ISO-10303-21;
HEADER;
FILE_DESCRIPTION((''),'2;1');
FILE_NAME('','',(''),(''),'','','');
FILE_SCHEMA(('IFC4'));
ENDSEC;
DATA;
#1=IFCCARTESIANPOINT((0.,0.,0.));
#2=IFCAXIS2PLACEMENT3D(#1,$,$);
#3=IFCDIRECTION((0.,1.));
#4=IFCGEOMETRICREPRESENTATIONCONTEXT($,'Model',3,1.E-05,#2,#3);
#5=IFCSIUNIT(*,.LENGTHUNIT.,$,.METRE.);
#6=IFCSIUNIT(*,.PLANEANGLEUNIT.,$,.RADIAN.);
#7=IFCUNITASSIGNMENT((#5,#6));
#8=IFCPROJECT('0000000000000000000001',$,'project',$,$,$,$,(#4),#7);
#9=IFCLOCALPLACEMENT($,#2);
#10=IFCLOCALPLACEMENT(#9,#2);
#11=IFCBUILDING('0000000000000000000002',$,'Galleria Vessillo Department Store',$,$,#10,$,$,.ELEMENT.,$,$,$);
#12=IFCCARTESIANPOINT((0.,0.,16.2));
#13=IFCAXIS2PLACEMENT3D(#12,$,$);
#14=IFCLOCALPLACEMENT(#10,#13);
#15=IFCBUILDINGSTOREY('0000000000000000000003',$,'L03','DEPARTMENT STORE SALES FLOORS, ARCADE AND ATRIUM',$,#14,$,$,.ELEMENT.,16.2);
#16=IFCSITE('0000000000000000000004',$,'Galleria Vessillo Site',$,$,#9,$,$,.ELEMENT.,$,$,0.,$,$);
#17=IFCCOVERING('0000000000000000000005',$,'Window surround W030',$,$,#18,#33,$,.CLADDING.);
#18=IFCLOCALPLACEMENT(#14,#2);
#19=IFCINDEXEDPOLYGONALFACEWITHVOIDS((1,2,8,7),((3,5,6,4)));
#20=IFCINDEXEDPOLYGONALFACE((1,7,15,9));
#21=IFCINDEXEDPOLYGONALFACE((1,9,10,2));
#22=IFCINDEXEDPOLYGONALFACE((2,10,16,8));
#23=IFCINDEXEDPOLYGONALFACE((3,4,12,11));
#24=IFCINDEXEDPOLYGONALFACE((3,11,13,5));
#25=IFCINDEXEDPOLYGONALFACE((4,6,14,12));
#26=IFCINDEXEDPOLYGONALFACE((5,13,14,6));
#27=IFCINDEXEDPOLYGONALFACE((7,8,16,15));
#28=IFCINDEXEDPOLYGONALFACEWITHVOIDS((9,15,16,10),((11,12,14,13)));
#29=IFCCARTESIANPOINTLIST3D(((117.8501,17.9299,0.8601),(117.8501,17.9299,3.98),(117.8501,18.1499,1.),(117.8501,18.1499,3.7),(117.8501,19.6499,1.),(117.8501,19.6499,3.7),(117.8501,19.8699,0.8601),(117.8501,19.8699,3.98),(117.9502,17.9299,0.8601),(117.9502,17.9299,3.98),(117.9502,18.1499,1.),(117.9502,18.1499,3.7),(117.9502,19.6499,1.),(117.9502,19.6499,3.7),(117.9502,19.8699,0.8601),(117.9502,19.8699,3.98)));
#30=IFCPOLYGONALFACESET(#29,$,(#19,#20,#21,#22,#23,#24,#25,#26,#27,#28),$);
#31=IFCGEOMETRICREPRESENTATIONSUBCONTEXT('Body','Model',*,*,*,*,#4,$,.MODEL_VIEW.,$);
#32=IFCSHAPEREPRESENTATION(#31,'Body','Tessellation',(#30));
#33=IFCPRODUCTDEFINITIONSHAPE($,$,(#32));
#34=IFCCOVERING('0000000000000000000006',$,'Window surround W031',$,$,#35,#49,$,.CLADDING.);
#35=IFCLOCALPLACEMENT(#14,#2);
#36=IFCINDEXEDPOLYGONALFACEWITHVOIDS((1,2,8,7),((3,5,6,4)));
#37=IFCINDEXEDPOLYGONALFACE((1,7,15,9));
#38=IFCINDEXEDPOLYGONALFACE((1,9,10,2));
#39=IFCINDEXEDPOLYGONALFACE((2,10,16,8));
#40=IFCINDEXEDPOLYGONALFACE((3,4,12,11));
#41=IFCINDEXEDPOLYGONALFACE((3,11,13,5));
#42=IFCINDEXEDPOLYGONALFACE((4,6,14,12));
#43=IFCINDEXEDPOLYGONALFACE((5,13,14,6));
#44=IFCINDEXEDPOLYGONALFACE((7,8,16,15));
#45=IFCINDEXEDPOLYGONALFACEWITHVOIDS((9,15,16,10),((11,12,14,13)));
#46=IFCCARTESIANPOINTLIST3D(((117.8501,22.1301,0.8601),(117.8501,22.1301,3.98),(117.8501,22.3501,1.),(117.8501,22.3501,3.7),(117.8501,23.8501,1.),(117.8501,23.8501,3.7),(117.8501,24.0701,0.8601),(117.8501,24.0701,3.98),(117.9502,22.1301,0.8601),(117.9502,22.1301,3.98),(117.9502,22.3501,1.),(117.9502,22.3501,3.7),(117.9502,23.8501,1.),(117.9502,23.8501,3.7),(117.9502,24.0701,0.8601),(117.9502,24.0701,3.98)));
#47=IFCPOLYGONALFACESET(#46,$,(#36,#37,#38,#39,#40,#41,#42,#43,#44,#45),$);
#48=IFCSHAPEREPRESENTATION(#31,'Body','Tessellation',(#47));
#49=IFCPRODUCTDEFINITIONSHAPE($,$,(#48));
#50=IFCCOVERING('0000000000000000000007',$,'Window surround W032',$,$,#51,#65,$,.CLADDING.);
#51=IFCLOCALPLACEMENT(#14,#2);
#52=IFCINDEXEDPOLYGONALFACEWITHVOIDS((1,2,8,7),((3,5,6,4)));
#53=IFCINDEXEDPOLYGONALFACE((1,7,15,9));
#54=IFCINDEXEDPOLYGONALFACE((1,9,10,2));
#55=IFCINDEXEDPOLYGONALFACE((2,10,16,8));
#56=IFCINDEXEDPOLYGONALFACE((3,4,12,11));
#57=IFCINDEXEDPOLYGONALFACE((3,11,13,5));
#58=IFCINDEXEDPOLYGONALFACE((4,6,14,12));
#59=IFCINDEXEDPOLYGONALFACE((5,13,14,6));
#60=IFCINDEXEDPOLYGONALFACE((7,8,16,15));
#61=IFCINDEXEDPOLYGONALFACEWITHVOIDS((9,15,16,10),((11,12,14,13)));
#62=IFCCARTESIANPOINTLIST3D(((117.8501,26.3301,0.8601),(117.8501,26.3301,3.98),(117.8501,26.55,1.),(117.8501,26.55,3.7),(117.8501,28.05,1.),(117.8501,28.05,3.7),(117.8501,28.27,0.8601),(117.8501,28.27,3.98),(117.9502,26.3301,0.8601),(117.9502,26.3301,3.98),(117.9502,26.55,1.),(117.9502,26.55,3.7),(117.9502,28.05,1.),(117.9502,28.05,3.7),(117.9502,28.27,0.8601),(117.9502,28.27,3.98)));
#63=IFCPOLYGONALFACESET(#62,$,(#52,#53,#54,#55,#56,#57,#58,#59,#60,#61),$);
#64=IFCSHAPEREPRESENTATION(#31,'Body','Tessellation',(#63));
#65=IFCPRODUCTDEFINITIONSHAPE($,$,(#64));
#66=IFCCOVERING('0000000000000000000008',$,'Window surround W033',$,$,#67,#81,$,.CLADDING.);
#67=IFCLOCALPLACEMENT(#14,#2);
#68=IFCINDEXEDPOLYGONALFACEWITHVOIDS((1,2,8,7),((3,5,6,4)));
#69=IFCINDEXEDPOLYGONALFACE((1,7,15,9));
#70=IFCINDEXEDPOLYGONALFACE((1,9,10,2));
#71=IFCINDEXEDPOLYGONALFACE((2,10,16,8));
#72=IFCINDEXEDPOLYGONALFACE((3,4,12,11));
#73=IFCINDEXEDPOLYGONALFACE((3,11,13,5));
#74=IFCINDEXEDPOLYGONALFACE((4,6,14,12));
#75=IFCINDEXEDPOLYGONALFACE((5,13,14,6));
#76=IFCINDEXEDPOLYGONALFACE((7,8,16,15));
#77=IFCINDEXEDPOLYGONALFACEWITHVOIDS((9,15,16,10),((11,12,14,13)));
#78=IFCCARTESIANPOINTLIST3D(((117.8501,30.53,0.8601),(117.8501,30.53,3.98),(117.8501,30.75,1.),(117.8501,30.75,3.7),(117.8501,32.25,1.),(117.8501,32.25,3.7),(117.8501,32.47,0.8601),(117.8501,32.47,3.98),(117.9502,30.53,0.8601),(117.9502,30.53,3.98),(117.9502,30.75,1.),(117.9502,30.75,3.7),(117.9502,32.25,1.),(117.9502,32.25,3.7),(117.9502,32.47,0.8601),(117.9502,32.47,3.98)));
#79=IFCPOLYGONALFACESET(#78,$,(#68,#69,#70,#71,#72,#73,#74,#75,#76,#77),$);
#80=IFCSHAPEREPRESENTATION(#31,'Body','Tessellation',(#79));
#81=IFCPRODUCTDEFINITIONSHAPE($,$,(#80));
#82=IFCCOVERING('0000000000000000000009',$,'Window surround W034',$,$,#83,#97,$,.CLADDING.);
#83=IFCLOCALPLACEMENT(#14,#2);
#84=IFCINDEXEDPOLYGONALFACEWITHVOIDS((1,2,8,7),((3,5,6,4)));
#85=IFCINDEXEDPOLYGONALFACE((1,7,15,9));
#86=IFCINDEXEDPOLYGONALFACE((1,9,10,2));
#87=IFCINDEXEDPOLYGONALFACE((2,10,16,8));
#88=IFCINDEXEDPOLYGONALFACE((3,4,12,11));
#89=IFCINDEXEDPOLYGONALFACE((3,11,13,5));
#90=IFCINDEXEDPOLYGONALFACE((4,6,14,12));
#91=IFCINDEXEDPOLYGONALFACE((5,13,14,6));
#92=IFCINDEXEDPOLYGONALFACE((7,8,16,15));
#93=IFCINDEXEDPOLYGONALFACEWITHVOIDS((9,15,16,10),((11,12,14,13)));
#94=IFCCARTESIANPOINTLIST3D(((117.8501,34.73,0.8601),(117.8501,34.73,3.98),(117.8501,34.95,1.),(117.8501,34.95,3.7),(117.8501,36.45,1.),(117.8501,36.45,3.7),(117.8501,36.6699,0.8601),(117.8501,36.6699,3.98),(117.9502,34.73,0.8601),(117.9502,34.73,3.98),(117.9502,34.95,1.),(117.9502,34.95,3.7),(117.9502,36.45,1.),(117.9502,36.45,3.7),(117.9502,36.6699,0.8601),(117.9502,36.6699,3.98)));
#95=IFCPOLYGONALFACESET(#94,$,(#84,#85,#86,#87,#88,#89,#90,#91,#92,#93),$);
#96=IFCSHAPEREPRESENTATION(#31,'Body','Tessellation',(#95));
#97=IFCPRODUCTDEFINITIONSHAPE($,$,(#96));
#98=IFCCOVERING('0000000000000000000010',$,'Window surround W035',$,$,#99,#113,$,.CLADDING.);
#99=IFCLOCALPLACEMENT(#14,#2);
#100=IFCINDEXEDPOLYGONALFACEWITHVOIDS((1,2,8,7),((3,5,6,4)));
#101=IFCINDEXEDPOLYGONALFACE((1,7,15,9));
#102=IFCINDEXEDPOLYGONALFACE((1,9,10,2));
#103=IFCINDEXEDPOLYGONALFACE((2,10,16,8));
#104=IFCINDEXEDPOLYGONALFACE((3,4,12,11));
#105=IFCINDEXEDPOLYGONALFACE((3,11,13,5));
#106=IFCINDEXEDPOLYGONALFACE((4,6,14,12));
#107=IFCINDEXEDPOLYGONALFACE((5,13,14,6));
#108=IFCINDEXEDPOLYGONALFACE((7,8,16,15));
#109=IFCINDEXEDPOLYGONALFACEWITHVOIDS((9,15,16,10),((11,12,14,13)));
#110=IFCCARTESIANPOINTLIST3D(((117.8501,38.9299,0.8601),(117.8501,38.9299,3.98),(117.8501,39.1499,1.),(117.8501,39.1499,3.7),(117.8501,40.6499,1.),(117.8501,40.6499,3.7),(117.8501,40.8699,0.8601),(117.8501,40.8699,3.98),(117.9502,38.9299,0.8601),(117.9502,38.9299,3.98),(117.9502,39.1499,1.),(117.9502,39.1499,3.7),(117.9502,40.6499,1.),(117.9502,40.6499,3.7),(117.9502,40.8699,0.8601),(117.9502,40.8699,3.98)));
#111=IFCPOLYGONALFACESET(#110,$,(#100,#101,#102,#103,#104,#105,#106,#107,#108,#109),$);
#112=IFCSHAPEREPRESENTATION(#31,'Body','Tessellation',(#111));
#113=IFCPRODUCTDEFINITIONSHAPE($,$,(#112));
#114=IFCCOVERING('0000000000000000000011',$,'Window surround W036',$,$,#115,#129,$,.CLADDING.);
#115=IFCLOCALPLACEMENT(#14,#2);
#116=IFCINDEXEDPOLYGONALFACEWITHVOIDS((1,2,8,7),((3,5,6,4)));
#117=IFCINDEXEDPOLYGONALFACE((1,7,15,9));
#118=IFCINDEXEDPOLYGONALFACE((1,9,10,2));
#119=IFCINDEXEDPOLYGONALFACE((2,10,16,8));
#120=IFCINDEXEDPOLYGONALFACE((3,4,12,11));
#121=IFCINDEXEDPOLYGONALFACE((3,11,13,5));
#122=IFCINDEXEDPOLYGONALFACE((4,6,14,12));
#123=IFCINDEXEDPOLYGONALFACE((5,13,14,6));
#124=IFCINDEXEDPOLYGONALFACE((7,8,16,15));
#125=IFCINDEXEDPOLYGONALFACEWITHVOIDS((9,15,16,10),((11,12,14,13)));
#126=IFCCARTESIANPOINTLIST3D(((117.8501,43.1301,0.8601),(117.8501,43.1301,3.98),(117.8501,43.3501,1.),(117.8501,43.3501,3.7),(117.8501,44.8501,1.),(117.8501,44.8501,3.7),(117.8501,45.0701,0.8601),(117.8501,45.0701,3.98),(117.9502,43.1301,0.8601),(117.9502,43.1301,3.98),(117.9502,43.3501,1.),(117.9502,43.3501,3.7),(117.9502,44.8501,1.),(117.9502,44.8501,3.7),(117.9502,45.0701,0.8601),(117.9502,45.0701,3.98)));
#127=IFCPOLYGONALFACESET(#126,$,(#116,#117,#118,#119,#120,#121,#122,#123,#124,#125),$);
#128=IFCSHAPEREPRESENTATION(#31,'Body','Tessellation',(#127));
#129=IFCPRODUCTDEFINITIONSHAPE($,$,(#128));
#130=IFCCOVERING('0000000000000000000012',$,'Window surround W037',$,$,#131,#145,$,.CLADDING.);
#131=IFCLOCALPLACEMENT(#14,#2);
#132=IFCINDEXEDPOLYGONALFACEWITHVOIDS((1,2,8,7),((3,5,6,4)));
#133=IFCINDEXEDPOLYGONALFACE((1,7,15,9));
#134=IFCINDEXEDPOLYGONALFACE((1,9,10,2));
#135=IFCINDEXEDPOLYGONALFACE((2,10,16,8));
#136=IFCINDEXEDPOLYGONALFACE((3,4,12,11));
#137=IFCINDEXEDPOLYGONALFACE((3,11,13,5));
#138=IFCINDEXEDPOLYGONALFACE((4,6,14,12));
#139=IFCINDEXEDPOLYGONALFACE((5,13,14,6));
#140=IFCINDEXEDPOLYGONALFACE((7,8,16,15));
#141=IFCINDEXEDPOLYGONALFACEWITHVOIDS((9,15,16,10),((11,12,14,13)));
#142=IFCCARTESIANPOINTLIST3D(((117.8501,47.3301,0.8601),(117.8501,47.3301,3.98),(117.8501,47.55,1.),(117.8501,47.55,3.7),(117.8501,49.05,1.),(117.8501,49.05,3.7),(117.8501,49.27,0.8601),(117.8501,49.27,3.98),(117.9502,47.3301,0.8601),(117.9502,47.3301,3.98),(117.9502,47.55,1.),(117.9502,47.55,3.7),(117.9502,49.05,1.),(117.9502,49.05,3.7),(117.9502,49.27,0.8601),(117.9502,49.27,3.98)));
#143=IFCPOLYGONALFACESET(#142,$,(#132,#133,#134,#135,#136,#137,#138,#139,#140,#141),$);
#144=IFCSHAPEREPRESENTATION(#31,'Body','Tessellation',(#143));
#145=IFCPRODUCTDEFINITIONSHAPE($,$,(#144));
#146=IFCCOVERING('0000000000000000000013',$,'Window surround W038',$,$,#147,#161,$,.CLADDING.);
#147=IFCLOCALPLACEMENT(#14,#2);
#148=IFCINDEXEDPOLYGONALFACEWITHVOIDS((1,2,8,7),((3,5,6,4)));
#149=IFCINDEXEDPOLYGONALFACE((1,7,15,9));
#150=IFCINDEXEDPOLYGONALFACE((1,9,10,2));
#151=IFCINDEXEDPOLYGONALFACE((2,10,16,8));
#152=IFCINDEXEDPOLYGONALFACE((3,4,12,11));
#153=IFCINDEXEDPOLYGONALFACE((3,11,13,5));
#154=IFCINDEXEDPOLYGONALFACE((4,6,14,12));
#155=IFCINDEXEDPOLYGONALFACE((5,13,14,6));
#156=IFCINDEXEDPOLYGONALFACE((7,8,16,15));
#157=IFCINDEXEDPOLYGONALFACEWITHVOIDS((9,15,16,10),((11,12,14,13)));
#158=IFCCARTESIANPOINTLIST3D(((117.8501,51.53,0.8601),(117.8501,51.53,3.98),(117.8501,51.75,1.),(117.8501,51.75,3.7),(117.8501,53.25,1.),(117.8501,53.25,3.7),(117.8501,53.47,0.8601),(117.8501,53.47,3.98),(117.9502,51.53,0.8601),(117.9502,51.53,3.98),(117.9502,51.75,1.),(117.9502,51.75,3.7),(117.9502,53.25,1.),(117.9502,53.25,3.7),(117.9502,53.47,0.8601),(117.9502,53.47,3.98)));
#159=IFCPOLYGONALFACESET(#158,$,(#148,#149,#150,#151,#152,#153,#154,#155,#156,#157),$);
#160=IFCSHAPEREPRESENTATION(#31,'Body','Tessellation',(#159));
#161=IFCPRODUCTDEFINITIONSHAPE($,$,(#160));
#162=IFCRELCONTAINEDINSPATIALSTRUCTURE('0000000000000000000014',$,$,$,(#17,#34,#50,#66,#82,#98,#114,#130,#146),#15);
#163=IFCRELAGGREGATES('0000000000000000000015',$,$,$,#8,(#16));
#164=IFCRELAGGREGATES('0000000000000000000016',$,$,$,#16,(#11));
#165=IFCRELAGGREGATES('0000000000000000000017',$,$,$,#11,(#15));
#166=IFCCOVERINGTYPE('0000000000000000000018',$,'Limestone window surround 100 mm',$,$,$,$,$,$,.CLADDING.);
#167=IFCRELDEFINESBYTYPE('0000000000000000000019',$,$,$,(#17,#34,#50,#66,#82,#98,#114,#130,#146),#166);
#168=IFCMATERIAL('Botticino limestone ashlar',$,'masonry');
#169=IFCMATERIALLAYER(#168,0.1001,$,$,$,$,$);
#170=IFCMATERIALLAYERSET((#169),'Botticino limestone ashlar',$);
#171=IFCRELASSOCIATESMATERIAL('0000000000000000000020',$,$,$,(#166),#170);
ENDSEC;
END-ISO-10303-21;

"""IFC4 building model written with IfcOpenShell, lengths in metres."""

from ifc_helpers import new_model, si_unit, direction, frame, origin, place, context, subcontext, project, spatial, polyline, outline, extrude, material, layer, layer_set, type_object, element, save


model = new_model("IFC4")

# Units and contexts
model_context = context("Model", 3, precision=1e-05, world=origin(), true_north=direction((0.0, 1.0)))
body_context = subcontext(model_context, "Body", "Model", "MODEL_VIEW")
ifc_project = project(units=[si_unit("LENGTHUNIT", "METRE"), si_unit("PLANEANGLEUNIT", "RADIAN")], contexts=[model_context])

# Site, building, storey
site_placement = place(None, origin())
site = spatial("IfcSite", under=ifc_project, at=site_placement, Name="Galleria Vessillo Site", CompositionType="ELEMENT", RefElevation=0.0)
building_placement = place(site_placement, origin())
building = spatial("IfcBuilding", under=site, at=building_placement, Name="Galleria Vessillo Department Store", CompositionType="ELEMENT")
storey_placement = place(building_placement, frame((0.0, 0.0, 16.2)))
storey = spatial("IfcBuildingStorey", under=building, at=storey_placement, Name="L03", Description="DEPARTMENT STORE SALES FLOORS, ARCADE AND ATRIUM", CompositionType="ELEMENT", Elevation=16.2)

# Coverings
ifc_material_1 = material(Name="Botticino limestone ashlar", Category="masonry")
ifc_layer_1 = layer(ifc_material_1, 0.1001)
ifc_layer_set_1 = layer_set([ifc_layer_1], Name="Botticino limestone ashlar")
covering_type_1 = type_object("IfcCoveringType", Name="Limestone window surround 100 mm", PredefinedType="CLADDING", material=ifc_layer_set_1)
covering_1_placement = place(storey_placement, frame((117.8501, 0.0, 1.0), z_axis=(1.0, 0.0, 0.0), x_axis=(0.0, 1.0, 0.0)))
element("IfcCovering", 1, at=covering_1_placement, inside=storey, type_object=covering_type_1, Name="Window surround W030", PredefinedType="CLADDING", context=body_context, shape_type="SweptSolid", body=[
    extrude(outline(polyline([(17.9299, -0.1399), (19.8699, -0.1399), (19.8699, 2.98), (17.9299, 2.98), (17.9299, -0.1399)]), holes=[polyline([(18.1499, 0.0), (19.6499, 0.0), (19.6499, 2.7), (18.1499, 2.7), (18.1499, 0.0)])]), origin(), (0.0, 0.0, 1.0), 0.1001),
])
covering_2_placement = place(storey_placement, frame((117.8501, 0.0, 1.0), z_axis=(1.0, 0.0, 0.0), x_axis=(0.0, 1.0, 0.0)))
element("IfcCovering", 2, at=covering_2_placement, inside=storey, type_object=covering_type_1, Name="Window surround W031", PredefinedType="CLADDING", context=body_context, shape_type="SweptSolid", body=[
    extrude(outline(polyline([(22.1301, -0.1399), (24.0701, -0.1399), (24.0701, 2.98), (22.1301, 2.98), (22.1301, -0.1399)]), holes=[polyline([(22.3501, 0.0), (23.8501, 0.0), (23.8501, 2.7), (22.3501, 2.7), (22.3501, 0.0)])]), origin(), (0.0, 0.0, 1.0), 0.1001),
])
covering_3_placement = place(storey_placement, frame((117.8501, 0.0, 1.0), z_axis=(1.0, 0.0, 0.0), x_axis=(0.0, 1.0, 0.0)))
element("IfcCovering", 3, at=covering_3_placement, inside=storey, type_object=covering_type_1, Name="Window surround W032", PredefinedType="CLADDING", context=body_context, shape_type="SweptSolid", body=[
    extrude(outline(polyline([(26.3301, -0.1399), (28.27, -0.1399), (28.27, 2.98), (26.3301, 2.98), (26.3301, -0.1399)]), holes=[polyline([(26.55, 0.0), (28.05, 0.0), (28.05, 2.7), (26.55, 2.7), (26.55, 0.0)])]), origin(), (0.0, 0.0, 1.0), 0.1001),
])
covering_4_placement = place(storey_placement, frame((117.8501, 0.0, 1.0), z_axis=(1.0, 0.0, 0.0), x_axis=(0.0, 1.0, 0.0)))
element("IfcCovering", 4, at=covering_4_placement, inside=storey, type_object=covering_type_1, Name="Window surround W033", PredefinedType="CLADDING", context=body_context, shape_type="SweptSolid", body=[
    extrude(outline(polyline([(30.53, -0.1399), (32.47, -0.1399), (32.47, 2.98), (30.53, 2.98), (30.53, -0.1399)]), holes=[polyline([(30.75, 0.0), (32.25, 0.0), (32.25, 2.7), (30.75, 2.7), (30.75, 0.0)])]), origin(), (0.0, 0.0, 1.0), 0.1001),
])
covering_5_placement = place(storey_placement, frame((117.8501, 0.0, 1.0), z_axis=(1.0, 0.0, 0.0), x_axis=(0.0, 1.0, 0.0)))
element("IfcCovering", 5, at=covering_5_placement, inside=storey, type_object=covering_type_1, Name="Window surround W034", PredefinedType="CLADDING", context=body_context, shape_type="SweptSolid", body=[
    extrude(outline(polyline([(34.73, -0.1399), (36.6699, -0.1399), (36.6699, 2.98), (34.73, 2.98), (34.73, -0.1399)]), holes=[polyline([(34.95, 0.0), (36.45, 0.0), (36.45, 2.7), (34.95, 2.7), (34.95, 0.0)])]), origin(), (0.0, 0.0, 1.0), 0.1001),
])
covering_6_placement = place(storey_placement, frame((117.8501, 0.0, 1.0), z_axis=(1.0, 0.0, 0.0), x_axis=(0.0, 1.0, 0.0)))
element("IfcCovering", 6, at=covering_6_placement, inside=storey, type_object=covering_type_1, Name="Window surround W035", PredefinedType="CLADDING", context=body_context, shape_type="SweptSolid", body=[
    extrude(outline(polyline([(38.9299, -0.1399), (40.8699, -0.1399), (40.8699, 2.98), (38.9299, 2.98), (38.9299, -0.1399)]), holes=[polyline([(39.1499, 0.0), (40.6499, 0.0), (40.6499, 2.7), (39.1499, 2.7), (39.1499, 0.0)])]), origin(), (0.0, 0.0, 1.0), 0.1001),
])
covering_7_placement = place(storey_placement, frame((117.8501, 0.0, 1.0), z_axis=(1.0, 0.0, 0.0), x_axis=(0.0, 1.0, 0.0)))
element("IfcCovering", 7, at=covering_7_placement, inside=storey, type_object=covering_type_1, Name="Window surround W036", PredefinedType="CLADDING", context=body_context, shape_type="SweptSolid", body=[
    extrude(outline(polyline([(43.1301, -0.1399), (45.0701, -0.1399), (45.0701, 2.98), (43.1301, 2.98), (43.1301, -0.1399)]), holes=[polyline([(43.3501, 0.0), (44.8501, 0.0), (44.8501, 2.7), (43.3501, 2.7), (43.3501, 0.0)])]), origin(), (0.0, 0.0, 1.0), 0.1001),
])
covering_8_placement = place(storey_placement, frame((117.8501, 0.0, 1.0), z_axis=(1.0, 0.0, 0.0), x_axis=(0.0, 1.0, 0.0)))
element("IfcCovering", 8, at=covering_8_placement, inside=storey, type_object=covering_type_1, Name="Window surround W037", PredefinedType="CLADDING", context=body_context, shape_type="SweptSolid", body=[
    extrude(outline(polyline([(47.3301, -0.1399), (49.27, -0.1399), (49.27, 2.98), (47.3301, 2.98), (47.3301, -0.1399)]), holes=[polyline([(47.55, 0.0), (49.05, 0.0), (49.05, 2.7), (47.55, 2.7), (47.55, 0.0)])]), origin(), (0.0, 0.0, 1.0), 0.1001),
])
covering_9_placement = place(storey_placement, frame((117.8501, 0.0, 1.0), z_axis=(1.0, 0.0, 0.0), x_axis=(0.0, 1.0, 0.0)))
element("IfcCovering", 9, at=covering_9_placement, inside=storey, type_object=covering_type_1, Name="Window surround W038", PredefinedType="CLADDING", context=body_context, shape_type="SweptSolid", body=[
    extrude(outline(polyline([(51.53, -0.1399), (53.47, -0.1399), (53.47, 2.98), (51.53, 2.98), (51.53, -0.1399)]), holes=[polyline([(51.75, 0.0), (53.25, 0.0), (53.25, 2.7), (51.75, 2.7), (51.75, 0.0)])]), origin(), (0.0, 0.0, 1.0), 0.1001),
])

save(model, "model.ifc")
